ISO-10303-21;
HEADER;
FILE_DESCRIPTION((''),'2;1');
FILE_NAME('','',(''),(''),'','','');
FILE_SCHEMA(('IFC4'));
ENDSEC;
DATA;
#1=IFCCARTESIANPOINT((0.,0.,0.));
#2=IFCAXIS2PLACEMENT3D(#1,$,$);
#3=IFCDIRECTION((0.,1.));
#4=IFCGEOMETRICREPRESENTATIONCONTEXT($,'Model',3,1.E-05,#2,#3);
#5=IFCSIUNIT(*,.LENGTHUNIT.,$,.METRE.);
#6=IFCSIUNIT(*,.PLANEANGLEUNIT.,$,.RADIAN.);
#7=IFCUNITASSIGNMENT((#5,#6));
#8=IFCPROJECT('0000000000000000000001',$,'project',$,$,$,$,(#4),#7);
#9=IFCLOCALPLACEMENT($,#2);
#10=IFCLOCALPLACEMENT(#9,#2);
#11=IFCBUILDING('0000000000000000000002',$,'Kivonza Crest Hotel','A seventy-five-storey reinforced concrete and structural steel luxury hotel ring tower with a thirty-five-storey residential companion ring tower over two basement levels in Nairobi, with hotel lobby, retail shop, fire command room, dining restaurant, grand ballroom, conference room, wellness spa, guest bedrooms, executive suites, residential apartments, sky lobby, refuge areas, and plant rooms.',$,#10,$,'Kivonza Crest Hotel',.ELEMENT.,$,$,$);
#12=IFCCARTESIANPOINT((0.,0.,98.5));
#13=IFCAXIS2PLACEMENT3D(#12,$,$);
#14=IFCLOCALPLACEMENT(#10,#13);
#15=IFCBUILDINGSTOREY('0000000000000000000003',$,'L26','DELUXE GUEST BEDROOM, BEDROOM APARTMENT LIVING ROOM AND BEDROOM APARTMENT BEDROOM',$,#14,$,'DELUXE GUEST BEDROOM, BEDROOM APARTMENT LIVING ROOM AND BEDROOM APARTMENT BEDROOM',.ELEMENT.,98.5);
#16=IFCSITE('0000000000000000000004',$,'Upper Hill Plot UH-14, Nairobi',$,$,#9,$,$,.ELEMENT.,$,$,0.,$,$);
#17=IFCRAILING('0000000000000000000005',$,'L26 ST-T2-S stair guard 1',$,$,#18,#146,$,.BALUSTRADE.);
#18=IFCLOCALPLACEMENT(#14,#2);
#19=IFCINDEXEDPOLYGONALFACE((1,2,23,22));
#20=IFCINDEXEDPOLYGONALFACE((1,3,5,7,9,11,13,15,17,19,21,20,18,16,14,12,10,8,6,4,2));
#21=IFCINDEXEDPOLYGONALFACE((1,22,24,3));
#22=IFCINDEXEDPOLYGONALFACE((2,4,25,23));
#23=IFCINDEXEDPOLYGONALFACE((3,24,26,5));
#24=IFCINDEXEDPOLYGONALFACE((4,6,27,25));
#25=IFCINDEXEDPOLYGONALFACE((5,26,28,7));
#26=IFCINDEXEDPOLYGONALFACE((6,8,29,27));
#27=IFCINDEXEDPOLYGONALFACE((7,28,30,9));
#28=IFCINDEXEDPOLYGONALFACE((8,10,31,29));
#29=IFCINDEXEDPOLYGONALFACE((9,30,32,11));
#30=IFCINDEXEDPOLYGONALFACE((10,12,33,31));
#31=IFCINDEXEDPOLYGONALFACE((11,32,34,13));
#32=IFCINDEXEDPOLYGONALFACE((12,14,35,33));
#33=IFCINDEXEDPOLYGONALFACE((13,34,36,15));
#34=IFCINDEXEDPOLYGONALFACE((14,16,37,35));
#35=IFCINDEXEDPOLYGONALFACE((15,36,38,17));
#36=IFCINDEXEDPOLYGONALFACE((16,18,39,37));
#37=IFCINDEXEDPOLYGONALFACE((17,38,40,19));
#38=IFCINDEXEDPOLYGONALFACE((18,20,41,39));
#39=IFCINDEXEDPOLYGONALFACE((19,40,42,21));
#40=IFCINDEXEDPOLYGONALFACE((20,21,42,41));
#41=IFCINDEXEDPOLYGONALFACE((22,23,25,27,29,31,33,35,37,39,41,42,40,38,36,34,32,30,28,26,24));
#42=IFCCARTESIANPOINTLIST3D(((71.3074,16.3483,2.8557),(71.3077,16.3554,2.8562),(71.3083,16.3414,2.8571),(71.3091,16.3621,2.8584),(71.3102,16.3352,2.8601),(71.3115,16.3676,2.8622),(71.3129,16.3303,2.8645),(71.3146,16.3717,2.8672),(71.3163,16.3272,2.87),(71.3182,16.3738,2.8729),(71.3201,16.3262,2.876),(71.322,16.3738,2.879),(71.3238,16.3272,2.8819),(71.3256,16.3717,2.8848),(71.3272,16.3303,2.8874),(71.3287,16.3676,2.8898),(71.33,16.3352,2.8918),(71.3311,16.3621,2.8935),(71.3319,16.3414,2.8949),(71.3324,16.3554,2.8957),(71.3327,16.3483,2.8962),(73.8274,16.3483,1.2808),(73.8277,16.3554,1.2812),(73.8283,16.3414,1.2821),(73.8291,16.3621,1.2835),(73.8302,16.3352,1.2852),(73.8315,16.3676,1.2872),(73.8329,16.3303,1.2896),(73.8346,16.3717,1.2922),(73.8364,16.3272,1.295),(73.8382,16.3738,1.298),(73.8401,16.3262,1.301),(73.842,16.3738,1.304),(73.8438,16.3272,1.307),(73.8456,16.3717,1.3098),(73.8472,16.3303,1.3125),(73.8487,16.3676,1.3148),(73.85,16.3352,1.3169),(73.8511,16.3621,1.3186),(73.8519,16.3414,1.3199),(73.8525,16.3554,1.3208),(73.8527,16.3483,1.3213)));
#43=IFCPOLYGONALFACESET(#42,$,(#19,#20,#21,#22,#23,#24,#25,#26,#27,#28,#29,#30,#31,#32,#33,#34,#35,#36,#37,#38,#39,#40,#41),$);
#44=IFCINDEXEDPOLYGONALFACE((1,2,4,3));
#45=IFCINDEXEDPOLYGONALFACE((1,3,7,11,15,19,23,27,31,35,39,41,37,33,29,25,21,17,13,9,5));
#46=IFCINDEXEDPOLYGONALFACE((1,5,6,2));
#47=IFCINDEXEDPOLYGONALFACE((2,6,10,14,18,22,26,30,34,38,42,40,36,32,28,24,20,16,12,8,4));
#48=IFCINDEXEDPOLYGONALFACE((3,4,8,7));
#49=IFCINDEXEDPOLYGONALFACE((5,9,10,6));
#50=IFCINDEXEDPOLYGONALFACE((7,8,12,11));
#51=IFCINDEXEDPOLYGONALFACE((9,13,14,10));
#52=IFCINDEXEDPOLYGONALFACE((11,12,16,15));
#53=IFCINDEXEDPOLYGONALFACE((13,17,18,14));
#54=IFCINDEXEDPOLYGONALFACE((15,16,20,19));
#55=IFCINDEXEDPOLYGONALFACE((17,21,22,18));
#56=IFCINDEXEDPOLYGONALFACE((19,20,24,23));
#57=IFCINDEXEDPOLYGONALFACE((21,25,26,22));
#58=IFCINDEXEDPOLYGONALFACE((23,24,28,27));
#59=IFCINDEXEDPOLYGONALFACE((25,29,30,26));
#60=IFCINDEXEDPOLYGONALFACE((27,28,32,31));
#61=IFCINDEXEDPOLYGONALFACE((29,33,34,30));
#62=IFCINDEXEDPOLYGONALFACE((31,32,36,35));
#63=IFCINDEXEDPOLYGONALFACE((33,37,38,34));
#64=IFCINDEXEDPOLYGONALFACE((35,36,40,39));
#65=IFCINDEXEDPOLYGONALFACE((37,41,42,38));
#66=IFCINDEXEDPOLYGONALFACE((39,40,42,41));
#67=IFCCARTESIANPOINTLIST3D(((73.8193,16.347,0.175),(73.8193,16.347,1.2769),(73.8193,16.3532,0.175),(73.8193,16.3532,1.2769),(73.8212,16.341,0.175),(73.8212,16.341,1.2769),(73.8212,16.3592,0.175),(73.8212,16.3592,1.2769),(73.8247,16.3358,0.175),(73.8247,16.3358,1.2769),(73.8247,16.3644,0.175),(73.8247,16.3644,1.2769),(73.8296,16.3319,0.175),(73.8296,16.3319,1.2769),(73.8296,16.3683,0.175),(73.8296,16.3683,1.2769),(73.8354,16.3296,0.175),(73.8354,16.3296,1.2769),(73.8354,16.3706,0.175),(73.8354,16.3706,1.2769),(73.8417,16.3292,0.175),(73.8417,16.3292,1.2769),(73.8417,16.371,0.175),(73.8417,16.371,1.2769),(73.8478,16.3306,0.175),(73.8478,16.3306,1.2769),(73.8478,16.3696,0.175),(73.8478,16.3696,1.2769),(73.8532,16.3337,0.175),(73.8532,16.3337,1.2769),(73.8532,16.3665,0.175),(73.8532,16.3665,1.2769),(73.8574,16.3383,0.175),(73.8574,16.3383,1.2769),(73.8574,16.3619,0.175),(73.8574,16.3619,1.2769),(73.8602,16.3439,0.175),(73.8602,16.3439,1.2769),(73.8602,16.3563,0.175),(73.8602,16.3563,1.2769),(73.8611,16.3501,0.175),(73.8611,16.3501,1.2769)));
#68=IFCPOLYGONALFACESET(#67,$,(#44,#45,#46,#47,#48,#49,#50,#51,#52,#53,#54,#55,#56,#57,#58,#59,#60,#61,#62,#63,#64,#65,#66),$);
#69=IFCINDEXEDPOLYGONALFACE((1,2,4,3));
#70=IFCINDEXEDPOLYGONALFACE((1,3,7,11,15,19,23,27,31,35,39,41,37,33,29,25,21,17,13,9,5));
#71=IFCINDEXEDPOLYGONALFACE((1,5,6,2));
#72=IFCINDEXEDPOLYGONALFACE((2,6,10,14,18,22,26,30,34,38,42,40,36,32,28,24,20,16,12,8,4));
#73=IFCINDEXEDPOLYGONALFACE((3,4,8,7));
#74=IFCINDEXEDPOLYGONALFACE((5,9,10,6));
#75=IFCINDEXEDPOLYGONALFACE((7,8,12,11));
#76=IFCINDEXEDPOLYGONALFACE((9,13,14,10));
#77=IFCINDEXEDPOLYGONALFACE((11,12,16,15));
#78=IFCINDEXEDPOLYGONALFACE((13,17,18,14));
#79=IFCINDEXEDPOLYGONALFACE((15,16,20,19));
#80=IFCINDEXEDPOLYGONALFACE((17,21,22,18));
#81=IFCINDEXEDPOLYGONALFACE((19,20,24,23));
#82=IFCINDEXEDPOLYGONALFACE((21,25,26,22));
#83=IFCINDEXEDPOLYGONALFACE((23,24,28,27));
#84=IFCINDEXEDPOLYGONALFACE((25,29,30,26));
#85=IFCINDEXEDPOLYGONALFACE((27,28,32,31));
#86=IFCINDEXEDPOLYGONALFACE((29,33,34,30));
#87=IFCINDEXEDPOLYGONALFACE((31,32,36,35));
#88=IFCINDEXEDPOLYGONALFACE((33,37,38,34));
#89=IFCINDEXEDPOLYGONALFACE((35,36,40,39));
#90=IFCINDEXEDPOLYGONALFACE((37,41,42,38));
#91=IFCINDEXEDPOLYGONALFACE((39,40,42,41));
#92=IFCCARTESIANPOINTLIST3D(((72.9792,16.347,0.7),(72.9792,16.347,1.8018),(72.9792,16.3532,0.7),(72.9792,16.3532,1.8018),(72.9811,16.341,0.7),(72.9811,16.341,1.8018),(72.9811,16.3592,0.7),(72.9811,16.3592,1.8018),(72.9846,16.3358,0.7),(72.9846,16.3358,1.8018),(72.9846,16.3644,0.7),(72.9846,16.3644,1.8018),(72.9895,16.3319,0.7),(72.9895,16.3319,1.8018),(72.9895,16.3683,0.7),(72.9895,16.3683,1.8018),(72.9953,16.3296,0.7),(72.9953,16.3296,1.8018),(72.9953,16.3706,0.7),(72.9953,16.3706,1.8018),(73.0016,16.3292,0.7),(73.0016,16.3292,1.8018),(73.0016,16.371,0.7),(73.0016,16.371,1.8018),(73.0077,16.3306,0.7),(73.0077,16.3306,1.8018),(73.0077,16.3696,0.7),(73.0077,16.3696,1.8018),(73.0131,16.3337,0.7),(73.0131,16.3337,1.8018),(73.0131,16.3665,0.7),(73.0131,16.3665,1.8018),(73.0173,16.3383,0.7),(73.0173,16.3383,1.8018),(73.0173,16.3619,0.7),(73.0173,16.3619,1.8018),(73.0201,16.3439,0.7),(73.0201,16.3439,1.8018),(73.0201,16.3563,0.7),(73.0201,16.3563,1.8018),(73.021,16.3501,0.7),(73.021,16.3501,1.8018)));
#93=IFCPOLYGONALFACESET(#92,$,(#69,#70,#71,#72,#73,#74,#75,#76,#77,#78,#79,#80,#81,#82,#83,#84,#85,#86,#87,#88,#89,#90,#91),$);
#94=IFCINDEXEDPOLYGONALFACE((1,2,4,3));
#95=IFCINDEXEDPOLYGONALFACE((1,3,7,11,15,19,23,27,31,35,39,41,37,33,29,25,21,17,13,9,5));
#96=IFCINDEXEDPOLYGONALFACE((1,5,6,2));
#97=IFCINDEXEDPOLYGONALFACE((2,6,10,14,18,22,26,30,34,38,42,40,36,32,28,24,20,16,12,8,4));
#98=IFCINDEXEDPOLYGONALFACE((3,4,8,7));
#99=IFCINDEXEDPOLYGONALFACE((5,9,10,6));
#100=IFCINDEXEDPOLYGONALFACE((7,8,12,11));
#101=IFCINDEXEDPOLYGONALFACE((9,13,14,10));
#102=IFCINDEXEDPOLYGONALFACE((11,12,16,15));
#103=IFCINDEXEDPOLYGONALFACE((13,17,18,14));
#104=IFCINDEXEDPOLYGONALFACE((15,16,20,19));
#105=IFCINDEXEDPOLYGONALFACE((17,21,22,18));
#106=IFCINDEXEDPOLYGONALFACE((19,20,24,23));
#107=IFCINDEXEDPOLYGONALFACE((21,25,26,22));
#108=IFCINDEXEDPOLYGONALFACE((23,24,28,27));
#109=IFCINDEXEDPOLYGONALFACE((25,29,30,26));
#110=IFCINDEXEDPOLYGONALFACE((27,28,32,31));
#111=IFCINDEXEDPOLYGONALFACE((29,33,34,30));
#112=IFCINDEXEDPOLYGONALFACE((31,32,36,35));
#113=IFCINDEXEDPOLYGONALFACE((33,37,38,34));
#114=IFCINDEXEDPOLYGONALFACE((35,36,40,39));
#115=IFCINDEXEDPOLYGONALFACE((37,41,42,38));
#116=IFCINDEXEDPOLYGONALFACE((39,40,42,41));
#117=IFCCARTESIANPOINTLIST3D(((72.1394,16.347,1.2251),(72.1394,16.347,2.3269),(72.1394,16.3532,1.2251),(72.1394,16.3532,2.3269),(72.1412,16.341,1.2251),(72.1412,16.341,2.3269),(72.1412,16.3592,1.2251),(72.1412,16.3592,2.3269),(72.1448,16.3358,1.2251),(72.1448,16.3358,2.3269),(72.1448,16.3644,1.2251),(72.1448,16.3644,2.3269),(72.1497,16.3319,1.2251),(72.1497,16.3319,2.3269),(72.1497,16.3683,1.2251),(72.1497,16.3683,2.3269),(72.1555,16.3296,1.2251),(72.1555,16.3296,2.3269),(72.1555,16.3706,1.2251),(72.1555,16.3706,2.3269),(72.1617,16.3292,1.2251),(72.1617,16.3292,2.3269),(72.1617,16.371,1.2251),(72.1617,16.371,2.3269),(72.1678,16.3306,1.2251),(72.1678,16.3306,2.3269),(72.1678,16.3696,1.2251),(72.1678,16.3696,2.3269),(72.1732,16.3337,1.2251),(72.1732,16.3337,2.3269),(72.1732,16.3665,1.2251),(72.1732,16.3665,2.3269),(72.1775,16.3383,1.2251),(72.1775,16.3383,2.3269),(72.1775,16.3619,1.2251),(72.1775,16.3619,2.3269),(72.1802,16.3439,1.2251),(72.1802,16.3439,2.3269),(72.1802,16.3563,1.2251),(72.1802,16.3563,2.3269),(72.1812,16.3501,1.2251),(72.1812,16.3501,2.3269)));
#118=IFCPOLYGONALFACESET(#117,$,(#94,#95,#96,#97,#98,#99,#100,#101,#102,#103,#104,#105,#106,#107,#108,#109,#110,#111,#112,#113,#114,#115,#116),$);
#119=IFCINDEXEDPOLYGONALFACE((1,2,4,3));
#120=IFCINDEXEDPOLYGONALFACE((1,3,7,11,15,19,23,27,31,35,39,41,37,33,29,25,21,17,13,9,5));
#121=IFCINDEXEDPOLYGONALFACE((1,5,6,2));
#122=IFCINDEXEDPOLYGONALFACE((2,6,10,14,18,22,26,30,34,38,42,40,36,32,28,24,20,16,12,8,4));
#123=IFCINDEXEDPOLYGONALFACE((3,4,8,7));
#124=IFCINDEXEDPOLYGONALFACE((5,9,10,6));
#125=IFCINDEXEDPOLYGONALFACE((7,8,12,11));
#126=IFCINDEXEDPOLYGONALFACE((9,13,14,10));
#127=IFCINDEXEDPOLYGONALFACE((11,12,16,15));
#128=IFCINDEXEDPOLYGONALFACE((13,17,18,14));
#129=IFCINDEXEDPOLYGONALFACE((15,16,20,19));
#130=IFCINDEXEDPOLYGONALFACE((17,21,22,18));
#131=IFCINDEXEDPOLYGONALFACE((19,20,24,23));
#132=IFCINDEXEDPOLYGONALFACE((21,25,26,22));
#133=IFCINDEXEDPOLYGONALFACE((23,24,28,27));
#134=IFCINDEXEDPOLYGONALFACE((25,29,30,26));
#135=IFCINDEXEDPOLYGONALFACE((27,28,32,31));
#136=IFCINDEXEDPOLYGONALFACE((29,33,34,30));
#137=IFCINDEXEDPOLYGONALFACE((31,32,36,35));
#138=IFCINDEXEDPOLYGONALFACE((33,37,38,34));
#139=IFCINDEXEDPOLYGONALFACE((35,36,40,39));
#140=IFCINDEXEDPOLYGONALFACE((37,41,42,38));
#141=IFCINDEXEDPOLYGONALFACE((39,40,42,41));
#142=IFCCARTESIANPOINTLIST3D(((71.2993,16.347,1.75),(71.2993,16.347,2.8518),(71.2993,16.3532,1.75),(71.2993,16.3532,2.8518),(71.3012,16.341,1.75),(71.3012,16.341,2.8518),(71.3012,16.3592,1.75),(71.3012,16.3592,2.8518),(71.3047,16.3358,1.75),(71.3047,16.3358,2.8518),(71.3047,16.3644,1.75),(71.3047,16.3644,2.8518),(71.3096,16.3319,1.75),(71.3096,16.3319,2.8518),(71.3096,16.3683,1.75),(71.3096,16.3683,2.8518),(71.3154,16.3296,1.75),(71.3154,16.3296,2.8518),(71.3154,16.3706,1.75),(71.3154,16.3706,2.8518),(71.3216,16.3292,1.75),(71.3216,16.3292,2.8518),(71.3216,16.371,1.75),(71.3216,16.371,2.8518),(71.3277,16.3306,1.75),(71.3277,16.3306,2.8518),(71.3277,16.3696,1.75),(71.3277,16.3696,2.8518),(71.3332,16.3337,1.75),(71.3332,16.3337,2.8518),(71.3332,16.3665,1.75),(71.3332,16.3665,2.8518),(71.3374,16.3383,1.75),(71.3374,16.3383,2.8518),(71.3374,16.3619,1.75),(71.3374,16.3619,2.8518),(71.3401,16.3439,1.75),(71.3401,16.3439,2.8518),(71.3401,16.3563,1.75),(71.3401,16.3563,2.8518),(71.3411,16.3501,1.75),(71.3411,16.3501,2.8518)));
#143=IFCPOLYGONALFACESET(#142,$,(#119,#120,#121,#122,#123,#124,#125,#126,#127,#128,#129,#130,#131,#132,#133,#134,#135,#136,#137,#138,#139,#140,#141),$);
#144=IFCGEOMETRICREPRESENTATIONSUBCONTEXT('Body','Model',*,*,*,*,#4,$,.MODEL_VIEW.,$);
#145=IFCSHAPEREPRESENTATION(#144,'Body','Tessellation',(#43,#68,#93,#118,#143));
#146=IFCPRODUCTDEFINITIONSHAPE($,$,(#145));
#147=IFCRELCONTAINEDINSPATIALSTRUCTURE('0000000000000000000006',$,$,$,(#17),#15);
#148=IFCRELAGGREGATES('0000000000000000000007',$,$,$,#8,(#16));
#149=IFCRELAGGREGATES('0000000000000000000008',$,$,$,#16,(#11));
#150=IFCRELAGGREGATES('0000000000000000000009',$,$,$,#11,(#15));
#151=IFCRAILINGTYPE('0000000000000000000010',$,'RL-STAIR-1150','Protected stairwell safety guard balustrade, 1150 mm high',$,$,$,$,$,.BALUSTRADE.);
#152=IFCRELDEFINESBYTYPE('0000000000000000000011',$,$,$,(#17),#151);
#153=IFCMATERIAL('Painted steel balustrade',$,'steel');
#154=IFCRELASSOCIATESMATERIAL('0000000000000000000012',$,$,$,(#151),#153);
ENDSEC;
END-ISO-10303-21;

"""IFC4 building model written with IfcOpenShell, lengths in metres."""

from ifc_helpers import new_model, si_unit, direction, frame, origin, origin_2d, place, context, subcontext, project, spatial, circle, extrude, material, type_object, element, save


model = new_model("IFC4")

# Units and contexts
model_context = context("Model", 3, precision=1e-05, world=origin(), true_north=direction((0.0, 1.0)))
body_context = subcontext(model_context, "Body", "Model", "MODEL_VIEW")
ifc_project = project(units=[si_unit("LENGTHUNIT", "METRE"), si_unit("PLANEANGLEUNIT", "RADIAN")], contexts=[model_context])

# Site, building, storey
site_placement = place(None, origin())
site = spatial("IfcSite", under=ifc_project, at=site_placement, Name="Upper Hill Plot UH-14, Nairobi", CompositionType="ELEMENT", RefElevation=0.0)
building_placement = place(site_placement, origin())
building = spatial("IfcBuilding", under=site, at=building_placement, Name="Kivonza Crest Hotel", Description="A seventy-five-storey reinforced concrete and structural steel luxury hotel ring tower with a thirty-five-storey residential companion ring tower over two basement levels in Nairobi, with hotel lobby, retail shop, fire command room, dining restaurant, grand ballroom, conference room, wellness spa, guest bedrooms, executive suites, residential apartments, sky lobby, refuge areas, and plant rooms.", LongName="Kivonza Crest Hotel", CompositionType="ELEMENT")
storey_placement = place(building_placement, frame((0.0, 0.0, 98.5)))
storey = spatial("IfcBuildingStorey", under=building, at=storey_placement, Name="L26", Description="DELUXE GUEST BEDROOM, BEDROOM APARTMENT LIVING ROOM AND BEDROOM APARTMENT BEDROOM", LongName="DELUXE GUEST BEDROOM, BEDROOM APARTMENT LIVING ROOM AND BEDROOM APARTMENT BEDROOM", CompositionType="ELEMENT", Elevation=98.5)

# Railing
ifc_material_1 = material(Name="Painted steel balustrade", Category="steel")
railing_type_1 = type_object("IfcRailingType", Name="RL-STAIR-1150", Description="Protected stairwell safety guard balustrade, 1150 mm high", PredefinedType="BALUSTRADE", material=ifc_material_1)
railing_1_placement = place(storey_placement, frame((73.8401, 16.3501, 0.175)))
element("IfcRailing", 1, at=railing_1_placement, inside=storey, type_object=railing_type_1, Name="L26 ST-T2-S stair guard 1", PredefinedType="BALUSTRADE", context=body_context, shape_type="SweptSolid", body=[
    extrude(circle(Radius=0.0239, at=origin_2d()), frame((0.0, 0.0, 1.126), z_axis=(-0.848008, 0.0, 0.529984), x_axis=(0.0, -1.0, 0.0)), (0.0, 0.0, 1.0), 2.9717),
    extrude(circle(Radius=0.021, at=origin_2d()), origin(), (0.0, 0.0, 1.0), 1.1018),
    extrude(circle(Radius=0.021, at=origin_2d()), frame((-0.8401, 0.0, 0.5249)), (0.0, 0.0, 1.0), 1.1018),
    extrude(circle(Radius=0.021, at=origin_2d()), frame((-1.6799, 0.0, 1.05)), (0.0, 0.0, 1.0), 1.1018),
    extrude(circle(Radius=0.021, at=origin_2d()), frame((-2.52, 0.0, 1.575)), (0.0, 0.0, 1.0), 1.1018),
])

save(model, "model.ifc")
